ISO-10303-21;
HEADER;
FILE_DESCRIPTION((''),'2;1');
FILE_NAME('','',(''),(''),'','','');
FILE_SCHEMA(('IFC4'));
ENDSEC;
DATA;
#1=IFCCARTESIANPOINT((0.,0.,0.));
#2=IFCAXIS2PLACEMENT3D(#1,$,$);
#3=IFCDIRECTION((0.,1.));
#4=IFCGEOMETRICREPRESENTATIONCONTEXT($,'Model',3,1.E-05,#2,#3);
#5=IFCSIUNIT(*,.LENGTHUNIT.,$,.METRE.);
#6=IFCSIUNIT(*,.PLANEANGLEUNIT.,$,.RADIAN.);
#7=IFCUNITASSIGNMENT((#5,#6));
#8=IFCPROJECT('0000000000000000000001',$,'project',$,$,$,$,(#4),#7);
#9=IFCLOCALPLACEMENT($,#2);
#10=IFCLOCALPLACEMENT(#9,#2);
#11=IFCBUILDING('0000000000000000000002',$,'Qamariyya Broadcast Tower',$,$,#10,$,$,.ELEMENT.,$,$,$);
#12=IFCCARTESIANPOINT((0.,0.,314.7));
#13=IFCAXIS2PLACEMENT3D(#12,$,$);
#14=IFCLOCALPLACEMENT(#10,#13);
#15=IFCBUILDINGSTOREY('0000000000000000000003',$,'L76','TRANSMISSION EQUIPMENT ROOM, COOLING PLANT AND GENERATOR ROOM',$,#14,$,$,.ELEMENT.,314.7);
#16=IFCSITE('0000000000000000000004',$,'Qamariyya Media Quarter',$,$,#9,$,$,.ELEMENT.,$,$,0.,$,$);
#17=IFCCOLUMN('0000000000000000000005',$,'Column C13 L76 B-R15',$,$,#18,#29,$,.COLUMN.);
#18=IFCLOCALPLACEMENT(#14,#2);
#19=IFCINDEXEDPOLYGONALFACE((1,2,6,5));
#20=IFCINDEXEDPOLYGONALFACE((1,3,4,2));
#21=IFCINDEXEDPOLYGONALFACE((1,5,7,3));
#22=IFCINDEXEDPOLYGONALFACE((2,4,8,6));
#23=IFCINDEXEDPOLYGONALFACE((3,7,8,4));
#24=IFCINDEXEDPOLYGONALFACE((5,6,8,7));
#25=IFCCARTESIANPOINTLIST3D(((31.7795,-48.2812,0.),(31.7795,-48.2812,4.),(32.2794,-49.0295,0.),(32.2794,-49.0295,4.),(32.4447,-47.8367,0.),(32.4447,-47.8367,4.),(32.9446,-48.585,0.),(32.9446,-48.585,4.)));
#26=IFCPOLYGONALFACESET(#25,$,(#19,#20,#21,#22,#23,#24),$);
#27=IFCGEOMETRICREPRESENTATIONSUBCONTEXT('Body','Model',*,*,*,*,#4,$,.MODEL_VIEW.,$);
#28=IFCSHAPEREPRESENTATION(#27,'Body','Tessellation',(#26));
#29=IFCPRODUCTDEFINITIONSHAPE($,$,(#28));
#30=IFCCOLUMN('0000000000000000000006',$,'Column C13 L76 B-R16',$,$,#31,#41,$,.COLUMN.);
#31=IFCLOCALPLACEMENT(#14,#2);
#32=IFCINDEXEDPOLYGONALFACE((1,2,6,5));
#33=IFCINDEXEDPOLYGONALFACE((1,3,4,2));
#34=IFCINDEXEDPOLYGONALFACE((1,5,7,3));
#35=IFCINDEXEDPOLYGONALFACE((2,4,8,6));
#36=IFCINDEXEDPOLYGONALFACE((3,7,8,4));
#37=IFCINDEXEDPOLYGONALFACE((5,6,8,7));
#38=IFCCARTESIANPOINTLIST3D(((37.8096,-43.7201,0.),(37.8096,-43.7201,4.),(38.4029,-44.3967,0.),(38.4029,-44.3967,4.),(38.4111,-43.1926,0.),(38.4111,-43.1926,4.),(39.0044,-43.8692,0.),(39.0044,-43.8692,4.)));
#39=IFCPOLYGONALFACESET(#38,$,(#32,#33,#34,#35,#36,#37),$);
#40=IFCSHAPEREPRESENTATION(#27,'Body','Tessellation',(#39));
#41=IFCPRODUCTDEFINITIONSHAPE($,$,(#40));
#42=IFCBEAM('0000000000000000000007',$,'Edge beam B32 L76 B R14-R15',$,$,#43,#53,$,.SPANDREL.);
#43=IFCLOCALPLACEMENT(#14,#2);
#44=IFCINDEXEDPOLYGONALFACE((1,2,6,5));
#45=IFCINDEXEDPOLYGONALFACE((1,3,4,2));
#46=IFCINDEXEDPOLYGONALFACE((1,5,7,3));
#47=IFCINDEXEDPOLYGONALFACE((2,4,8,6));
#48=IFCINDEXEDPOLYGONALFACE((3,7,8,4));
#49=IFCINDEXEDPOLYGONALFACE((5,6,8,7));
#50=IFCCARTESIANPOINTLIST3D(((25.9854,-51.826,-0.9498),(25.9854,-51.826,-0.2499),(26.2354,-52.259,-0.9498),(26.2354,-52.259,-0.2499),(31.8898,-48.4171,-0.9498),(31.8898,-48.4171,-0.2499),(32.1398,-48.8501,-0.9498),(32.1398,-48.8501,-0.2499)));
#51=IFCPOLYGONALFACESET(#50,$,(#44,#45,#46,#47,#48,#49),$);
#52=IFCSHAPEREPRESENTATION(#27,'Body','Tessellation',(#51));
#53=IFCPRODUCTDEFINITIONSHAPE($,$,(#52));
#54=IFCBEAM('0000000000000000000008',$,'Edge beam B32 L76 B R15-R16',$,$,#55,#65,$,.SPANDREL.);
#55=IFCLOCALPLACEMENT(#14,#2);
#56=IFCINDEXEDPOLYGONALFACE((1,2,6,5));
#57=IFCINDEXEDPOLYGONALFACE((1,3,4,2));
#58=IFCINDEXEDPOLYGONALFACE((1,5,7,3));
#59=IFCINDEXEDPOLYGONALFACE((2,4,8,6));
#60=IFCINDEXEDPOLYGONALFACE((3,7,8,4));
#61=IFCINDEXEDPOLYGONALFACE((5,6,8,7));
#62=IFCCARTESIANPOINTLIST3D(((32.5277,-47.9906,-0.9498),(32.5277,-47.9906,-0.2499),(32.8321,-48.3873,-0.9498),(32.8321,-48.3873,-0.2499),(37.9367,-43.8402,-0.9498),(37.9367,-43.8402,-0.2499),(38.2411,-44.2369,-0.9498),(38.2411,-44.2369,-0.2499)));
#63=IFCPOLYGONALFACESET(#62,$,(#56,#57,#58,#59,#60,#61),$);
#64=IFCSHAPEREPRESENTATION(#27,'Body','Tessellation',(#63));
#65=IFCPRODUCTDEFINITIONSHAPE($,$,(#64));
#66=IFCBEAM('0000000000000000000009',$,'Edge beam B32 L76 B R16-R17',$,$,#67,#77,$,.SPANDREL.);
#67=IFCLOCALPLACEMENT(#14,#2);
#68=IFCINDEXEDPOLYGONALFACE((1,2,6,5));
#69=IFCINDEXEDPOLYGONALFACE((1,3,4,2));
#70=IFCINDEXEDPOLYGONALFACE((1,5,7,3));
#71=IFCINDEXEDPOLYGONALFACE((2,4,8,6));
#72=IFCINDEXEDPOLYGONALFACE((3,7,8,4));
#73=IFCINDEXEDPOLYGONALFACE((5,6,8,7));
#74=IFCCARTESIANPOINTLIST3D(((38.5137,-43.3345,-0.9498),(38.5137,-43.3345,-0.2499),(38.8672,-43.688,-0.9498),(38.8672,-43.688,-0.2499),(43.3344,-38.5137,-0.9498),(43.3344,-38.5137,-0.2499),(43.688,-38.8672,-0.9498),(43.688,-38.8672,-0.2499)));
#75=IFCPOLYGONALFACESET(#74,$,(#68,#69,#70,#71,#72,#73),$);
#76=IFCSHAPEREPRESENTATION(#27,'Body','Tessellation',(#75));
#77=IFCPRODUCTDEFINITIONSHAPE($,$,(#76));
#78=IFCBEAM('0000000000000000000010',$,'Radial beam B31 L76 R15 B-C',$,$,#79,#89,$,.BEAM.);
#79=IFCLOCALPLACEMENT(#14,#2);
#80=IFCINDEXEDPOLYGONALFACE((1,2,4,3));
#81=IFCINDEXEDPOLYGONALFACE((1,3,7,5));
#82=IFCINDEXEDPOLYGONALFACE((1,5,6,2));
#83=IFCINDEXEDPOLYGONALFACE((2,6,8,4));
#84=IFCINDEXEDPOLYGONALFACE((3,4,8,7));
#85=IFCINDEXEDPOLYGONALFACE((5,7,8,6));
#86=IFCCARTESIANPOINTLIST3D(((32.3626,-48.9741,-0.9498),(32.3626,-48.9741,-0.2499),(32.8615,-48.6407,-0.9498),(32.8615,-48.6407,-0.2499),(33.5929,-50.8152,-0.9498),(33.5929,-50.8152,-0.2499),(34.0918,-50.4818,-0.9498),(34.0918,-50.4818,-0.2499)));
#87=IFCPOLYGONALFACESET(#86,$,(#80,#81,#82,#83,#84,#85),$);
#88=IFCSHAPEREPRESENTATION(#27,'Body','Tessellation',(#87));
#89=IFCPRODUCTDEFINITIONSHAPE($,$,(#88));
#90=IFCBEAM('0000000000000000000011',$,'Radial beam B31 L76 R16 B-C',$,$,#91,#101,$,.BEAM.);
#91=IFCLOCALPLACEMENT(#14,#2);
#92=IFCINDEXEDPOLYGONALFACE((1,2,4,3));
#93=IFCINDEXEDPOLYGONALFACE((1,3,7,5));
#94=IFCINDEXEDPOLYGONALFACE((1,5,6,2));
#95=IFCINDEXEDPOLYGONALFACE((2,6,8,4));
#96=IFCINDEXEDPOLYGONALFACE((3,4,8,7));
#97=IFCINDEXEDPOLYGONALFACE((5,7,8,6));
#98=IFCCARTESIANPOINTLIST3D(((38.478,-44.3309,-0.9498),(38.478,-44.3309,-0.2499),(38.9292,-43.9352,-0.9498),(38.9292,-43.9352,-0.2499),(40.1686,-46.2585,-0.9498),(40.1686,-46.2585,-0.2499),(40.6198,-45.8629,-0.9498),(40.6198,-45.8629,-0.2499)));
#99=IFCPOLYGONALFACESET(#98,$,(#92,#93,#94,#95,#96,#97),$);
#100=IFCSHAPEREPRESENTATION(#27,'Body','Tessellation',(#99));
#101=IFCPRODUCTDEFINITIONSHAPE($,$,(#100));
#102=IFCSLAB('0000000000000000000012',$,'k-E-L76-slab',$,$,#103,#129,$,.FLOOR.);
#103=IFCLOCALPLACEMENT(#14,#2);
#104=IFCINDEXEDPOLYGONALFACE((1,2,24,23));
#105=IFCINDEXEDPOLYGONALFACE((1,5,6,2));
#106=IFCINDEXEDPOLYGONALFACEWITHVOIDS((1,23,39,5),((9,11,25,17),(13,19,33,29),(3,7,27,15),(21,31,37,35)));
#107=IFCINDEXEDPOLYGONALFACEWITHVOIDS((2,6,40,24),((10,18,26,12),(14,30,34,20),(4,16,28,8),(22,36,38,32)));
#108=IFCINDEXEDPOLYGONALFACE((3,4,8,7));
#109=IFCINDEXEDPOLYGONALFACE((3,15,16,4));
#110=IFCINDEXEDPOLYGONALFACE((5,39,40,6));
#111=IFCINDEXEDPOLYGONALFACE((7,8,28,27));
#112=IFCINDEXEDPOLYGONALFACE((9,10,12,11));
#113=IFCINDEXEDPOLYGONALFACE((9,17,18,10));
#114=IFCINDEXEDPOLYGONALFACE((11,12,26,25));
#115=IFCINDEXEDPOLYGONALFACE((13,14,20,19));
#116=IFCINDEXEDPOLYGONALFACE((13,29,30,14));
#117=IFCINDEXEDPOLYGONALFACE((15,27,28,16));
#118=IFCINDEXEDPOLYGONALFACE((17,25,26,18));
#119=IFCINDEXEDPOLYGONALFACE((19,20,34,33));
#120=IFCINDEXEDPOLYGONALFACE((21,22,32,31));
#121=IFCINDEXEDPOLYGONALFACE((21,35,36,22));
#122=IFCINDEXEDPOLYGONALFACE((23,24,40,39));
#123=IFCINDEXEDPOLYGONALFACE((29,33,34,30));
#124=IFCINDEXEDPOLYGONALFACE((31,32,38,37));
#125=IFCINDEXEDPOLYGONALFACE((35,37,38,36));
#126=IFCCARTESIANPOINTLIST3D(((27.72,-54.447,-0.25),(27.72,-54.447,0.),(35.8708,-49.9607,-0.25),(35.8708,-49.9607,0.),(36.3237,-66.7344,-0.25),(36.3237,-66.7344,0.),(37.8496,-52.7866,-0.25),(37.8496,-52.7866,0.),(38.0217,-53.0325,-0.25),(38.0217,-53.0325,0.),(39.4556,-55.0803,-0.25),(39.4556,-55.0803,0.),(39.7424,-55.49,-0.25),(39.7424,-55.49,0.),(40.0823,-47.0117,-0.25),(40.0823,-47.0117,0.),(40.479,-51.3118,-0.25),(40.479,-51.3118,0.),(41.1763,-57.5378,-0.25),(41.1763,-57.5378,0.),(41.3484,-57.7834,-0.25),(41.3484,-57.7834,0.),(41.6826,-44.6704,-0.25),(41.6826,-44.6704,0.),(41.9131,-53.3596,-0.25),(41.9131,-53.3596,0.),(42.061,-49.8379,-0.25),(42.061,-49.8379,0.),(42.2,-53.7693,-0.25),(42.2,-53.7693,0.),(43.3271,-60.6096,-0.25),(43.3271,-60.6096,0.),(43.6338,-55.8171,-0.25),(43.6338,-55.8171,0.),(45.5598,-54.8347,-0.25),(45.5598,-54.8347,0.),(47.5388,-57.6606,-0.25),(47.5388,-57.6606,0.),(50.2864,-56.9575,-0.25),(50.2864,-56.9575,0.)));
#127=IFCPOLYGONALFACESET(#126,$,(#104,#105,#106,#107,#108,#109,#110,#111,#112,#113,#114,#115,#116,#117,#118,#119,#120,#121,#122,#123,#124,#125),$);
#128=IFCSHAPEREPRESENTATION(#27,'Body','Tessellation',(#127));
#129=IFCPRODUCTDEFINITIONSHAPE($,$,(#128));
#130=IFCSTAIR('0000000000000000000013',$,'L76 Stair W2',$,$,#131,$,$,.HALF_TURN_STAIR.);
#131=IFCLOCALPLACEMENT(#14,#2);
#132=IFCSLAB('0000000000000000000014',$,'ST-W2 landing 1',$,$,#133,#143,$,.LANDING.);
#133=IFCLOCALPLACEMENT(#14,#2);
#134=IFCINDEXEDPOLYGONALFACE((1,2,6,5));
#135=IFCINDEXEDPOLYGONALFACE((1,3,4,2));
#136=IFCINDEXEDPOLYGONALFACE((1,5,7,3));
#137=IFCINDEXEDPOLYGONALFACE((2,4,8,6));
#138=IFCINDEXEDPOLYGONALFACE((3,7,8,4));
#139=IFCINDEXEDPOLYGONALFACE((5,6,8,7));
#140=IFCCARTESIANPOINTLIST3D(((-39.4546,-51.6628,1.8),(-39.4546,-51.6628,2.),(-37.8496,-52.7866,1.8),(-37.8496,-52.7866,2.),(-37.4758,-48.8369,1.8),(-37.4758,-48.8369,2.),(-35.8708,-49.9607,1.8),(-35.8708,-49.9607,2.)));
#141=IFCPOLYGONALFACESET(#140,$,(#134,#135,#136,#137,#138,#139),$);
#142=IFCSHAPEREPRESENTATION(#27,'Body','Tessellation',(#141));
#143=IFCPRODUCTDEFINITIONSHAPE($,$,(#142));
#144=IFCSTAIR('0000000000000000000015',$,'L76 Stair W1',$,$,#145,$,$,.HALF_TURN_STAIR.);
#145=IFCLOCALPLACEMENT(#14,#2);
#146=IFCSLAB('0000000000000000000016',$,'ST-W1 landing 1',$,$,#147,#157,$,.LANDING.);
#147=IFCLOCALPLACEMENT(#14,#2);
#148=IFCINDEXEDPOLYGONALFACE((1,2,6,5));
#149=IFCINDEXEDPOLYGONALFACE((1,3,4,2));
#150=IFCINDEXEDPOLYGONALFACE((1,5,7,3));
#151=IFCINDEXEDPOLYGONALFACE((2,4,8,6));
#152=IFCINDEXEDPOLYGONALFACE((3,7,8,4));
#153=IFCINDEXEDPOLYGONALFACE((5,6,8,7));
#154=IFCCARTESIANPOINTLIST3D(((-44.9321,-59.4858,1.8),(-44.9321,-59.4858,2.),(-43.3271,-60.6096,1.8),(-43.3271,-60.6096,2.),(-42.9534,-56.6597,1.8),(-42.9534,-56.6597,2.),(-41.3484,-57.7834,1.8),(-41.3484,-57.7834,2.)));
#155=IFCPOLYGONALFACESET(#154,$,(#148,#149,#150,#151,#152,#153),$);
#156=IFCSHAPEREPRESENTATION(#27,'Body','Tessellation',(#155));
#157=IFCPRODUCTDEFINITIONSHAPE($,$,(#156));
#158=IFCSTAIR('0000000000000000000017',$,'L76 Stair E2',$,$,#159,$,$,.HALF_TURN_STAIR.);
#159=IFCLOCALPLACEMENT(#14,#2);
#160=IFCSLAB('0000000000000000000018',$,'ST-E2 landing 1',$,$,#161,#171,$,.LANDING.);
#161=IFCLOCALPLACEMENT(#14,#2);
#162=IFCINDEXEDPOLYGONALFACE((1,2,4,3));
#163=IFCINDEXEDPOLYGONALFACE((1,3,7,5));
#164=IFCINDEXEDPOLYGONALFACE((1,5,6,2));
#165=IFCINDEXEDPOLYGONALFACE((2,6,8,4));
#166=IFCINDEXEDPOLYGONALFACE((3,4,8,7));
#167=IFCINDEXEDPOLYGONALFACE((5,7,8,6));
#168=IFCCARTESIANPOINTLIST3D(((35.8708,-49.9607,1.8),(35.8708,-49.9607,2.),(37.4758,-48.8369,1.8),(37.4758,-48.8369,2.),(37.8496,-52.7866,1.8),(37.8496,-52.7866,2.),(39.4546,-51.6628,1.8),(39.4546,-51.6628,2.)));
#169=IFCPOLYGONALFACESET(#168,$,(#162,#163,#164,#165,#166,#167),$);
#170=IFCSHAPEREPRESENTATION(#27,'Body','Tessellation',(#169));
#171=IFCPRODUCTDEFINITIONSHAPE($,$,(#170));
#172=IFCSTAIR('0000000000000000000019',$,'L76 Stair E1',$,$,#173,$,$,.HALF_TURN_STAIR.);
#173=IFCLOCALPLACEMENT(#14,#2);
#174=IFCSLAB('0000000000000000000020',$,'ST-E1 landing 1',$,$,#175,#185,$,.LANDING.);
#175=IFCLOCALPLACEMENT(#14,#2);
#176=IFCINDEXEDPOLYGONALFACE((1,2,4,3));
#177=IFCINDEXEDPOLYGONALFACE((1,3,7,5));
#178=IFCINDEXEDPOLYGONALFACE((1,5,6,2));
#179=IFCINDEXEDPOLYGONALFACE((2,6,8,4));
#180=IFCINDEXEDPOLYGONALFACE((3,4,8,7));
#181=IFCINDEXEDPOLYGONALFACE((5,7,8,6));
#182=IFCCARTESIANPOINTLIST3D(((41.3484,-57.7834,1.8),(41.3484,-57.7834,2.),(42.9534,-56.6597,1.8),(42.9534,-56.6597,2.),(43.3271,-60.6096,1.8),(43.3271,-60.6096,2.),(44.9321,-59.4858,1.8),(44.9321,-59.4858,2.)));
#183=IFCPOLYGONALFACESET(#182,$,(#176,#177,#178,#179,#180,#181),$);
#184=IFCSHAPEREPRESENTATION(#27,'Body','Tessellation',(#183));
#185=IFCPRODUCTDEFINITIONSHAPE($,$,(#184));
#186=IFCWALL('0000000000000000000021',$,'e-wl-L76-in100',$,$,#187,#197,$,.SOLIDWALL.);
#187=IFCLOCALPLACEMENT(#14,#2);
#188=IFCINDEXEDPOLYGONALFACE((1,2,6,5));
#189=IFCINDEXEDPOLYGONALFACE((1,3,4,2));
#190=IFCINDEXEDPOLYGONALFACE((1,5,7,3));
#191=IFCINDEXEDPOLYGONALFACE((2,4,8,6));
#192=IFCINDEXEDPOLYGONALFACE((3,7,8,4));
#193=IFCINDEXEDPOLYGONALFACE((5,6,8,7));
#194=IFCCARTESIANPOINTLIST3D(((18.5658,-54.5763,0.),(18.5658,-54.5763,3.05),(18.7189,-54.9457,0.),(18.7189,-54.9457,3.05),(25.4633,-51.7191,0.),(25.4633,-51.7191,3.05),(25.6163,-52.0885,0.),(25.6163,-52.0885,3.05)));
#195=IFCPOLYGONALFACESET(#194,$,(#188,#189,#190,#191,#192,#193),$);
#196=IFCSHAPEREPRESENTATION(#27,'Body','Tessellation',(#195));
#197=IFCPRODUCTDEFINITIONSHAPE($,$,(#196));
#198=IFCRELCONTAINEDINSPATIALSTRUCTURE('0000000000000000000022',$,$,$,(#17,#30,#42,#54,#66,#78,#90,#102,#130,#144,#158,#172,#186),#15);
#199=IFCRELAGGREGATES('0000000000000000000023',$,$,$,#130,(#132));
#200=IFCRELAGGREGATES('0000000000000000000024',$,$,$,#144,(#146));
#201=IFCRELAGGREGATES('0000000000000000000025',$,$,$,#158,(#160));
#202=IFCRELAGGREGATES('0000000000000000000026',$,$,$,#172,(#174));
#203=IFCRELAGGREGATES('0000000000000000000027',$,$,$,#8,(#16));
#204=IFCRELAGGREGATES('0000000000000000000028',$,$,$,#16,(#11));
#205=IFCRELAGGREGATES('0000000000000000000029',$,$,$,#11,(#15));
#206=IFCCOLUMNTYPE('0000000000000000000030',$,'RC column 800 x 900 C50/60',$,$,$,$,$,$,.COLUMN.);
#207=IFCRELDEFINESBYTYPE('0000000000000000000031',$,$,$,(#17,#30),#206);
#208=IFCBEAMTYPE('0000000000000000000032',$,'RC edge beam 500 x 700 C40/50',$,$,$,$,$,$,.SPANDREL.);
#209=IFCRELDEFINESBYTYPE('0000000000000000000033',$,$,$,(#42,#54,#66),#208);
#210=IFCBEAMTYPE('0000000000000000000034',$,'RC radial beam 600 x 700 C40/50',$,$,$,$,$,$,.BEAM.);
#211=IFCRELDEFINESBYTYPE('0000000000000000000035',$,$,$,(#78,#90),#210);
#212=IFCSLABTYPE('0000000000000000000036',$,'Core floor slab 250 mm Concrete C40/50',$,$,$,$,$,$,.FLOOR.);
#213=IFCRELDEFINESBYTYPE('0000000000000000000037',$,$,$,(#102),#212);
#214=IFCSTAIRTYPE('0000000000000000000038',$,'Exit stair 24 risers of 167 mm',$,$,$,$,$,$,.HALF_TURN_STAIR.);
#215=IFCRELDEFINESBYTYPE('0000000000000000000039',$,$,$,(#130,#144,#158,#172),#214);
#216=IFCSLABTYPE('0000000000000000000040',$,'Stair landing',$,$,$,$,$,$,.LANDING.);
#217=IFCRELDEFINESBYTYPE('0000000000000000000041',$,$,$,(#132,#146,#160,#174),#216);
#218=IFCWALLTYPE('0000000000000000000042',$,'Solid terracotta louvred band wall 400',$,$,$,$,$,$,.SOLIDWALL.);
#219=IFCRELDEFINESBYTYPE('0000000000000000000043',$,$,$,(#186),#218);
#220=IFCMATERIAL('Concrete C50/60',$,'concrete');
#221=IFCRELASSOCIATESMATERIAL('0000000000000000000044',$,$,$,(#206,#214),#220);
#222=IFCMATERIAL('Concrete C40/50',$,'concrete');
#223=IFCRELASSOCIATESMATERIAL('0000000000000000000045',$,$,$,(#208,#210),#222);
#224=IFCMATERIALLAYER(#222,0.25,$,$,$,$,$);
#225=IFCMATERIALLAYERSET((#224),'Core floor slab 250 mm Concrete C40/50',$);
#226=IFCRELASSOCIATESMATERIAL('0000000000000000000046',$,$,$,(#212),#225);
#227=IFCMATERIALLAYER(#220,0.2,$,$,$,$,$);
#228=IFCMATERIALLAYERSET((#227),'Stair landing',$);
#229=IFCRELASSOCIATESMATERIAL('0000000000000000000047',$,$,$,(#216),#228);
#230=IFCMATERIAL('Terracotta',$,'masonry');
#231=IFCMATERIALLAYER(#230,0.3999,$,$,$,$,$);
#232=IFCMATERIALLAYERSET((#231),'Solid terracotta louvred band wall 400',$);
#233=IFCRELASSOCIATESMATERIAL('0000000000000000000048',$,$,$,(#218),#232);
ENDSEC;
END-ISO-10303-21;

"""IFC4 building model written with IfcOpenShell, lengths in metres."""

from ifc_helpers import new_model, si_unit, direction, frame, frame_2d, origin, origin_2d, place, context, subcontext, project, spatial, polyline, rectangle, outline, extrude, material, layer, layer_set, material_profile, profile_set, type_object, element, aggregate, save


model = new_model("IFC4")

# Units and contexts
model_context = context("Model", 3, precision=1e-05, world=origin(), true_north=direction((0.0, 1.0)))
body_context = subcontext(model_context, "Body", "Model", "MODEL_VIEW")
ifc_project = project(units=[si_unit("LENGTHUNIT", "METRE"), si_unit("PLANEANGLEUNIT", "RADIAN")], contexts=[model_context])

# Site, building, storey
site_placement = place(None, origin())
site = spatial("IfcSite", under=ifc_project, at=site_placement, Name="Qamariyya Media Quarter", CompositionType="ELEMENT", RefElevation=0.0)
building_placement = place(site_placement, origin())
building = spatial("IfcBuilding", under=site, at=building_placement, Name="Qamariyya Broadcast Tower", CompositionType="ELEMENT")
storey_placement = place(building_placement, frame((0.0, 0.0, 314.7)))
storey = spatial("IfcBuildingStorey", under=building, at=storey_placement, Name="L76", Description="TRANSMISSION EQUIPMENT ROOM, COOLING PLANT AND GENERATOR ROOM", CompositionType="ELEMENT", Elevation=314.7)

# Columns
ifc_material_1 = material(Name="Concrete C50/60", Category="concrete")
ifc_material_profile_1 = material_profile(ifc_material_1, rectangle(XDim=0.8, YDim=0.8999, at=origin_2d()))
ifc_profile_set_1 = profile_set([ifc_material_profile_1], Name="Concrete C50/60")
column_type = type_object("IfcColumnType", Name="RC column 800 x 900 C50/60", PredefinedType="COLUMN", material=ifc_profile_set_1)
for number, where, z_axis, x_axis, name in (
    (1, (32.3621, -48.4331, 0.0), (0.0, 0.0, 1.0), (0.83147, 0.55557, 0.0), "Column C13 L76 B-R15"),
    (2, (38.407, -43.7947, 0.0), (0.0, 0.0, 1.0), (0.75184, 0.659346, 0.0), "Column C13 L76 B-R16"),
):
    element("IfcColumn", number, at=place(storey_placement, frame(where, z_axis=z_axis, x_axis=x_axis)), inside=storey, type_object=column_type, Name=name, PredefinedType="COLUMN", context=body_context, shape_type="SweptSolid", body=[
        extrude(rectangle(XDim=0.8, YDim=0.8999, at=origin_2d()), origin(), (0.0, 0.0, 1.0), 4.0),
    ])

# Beams
ifc_material_2 = material(Name="Concrete C40/50", Category="concrete")
ifc_material_profile_2 = material_profile(ifc_material_2, rectangle(XDim=0.5, YDim=0.7, at=origin_2d()))
ifc_profile_set_2 = profile_set([ifc_material_profile_2], Name="Concrete C40/50")
beam_type_1 = type_object("IfcBeamType", Name="RC edge beam 500 x 700 C40/50", PredefinedType="SPANDREL", material=ifc_profile_set_2)
for number, where, z_axis, x_axis, name in (
    (3, (26.1104, -52.0425, -0.5999), (0.866029, 0.499994, 0.0), (-0.499994, 0.866029, 0.0), "Edge beam B32 L76 B R14-R15"),
    (4, (32.6799, -48.189, -0.5999), (0.793356, 0.608759, 0.0), (-0.608759, 0.793356, 0.0), "Edge beam B32 L76 B R15-R16"),
):
    element("IfcBeam", number, at=place(storey_placement, frame(where, z_axis=z_axis, x_axis=x_axis)), inside=storey, type_object=beam_type_1, Name=name, PredefinedType="SPANDREL", context=body_context, shape_type="SweptSolid", body=[
        extrude(rectangle(XDim=0.5, YDim=0.7, at=origin_2d()), origin(), (0.0, 0.0, 1.0), 6.8179),
    ])
beam_1_placement = place(storey_placement, frame((38.6904, -43.5112, -0.5999), z_axis=(0.707107, 0.707107, 0.0), x_axis=(-0.707107, 0.707107, 0.0)))
element("IfcBeam", 5, at=beam_1_placement, inside=storey, type_object=beam_type_1, Name="Edge beam B32 L76 B R16-R17", PredefinedType="SPANDREL", context=body_context, shape_type="SweptSolid", body=[
    extrude(rectangle(XDim=0.5, YDim=0.7, at=origin_2d()), origin(), (0.0, 0.0, 1.0), 6.8176),
])
ifc_material_profile_3 = material_profile(ifc_material_2, rectangle(XDim=0.6001, YDim=0.7, at=origin_2d()))
ifc_profile_set_3 = profile_set([ifc_material_profile_3], Name="Concrete C40/50")
beam_type_2 = type_object("IfcBeamType", Name="RC radial beam 600 x 700 C40/50", PredefinedType="BEAM", material=ifc_profile_set_3)
beam_2_placement = place(storey_placement, frame((32.6121, -48.8074, -0.5999), z_axis=(0.55559, -0.831456, 0.0), x_axis=(0.831456, 0.55559, 0.0)))
element("IfcBeam", 6, at=beam_2_placement, inside=storey, type_object=beam_type_2, Name="Radial beam B31 L76 R15 B-C", PredefinedType="BEAM", context=body_context, shape_type="SweptSolid", body=[
    extrude(rectangle(XDim=0.6001, YDim=0.7, at=origin_2d()), origin(), (0.0, 0.0, 1.0), 2.2144),
])
beam_3_placement = place(storey_placement, frame((38.7036, -44.1331, -0.5999), z_axis=(0.659367, -0.751821, 0.0), x_axis=(0.751821, 0.659367, 0.0)))
element("IfcBeam", 7, at=beam_3_placement, inside=storey, type_object=beam_type_2, Name="Radial beam B31 L76 R16 B-C", PredefinedType="BEAM", context=body_context, shape_type="SweptSolid", body=[
    extrude(rectangle(XDim=0.6001, YDim=0.7, at=origin_2d()), origin(), (0.0, 0.0, 1.0), 2.564),
])

# Slab
ifc_layer_1 = layer(ifc_material_2, 0.25)
ifc_layer_set_1 = layer_set([ifc_layer_1], Name="Core floor slab 250 mm Concrete C40/50")
slab_type_1 = type_object("IfcSlabType", Name="Core floor slab 250 mm Concrete C40/50", PredefinedType="FLOOR", material=ifc_layer_set_1)
slab_1_placement = place(storey_placement, frame((0.0, 0.0, -0.25)))
element("IfcSlab", 8, at=slab_1_placement, inside=storey, type_object=slab_type_1, Name="k-E-L76-slab", PredefinedType="FLOOR", context=body_context, shape_type="SweptSolid", body=[
    extrude(outline(polyline([(36.3237, -66.7344), (50.2864, -56.9575), (41.6826, -44.6704), (27.72, -54.447), (36.3237, -66.7344)]), holes=[polyline([(39.7424, -55.49), (42.2, -53.7693), (43.6338, -55.8171), (41.1763, -57.5378), (39.7424, -55.49)]), polyline([(39.4556, -55.0803), (41.9131, -53.3596), (40.479, -51.3118), (38.0217, -53.0325), (39.4556, -55.0803)]), polyline([(40.0823, -47.0117), (35.8708, -49.9607), (37.8496, -52.7866), (42.061, -49.8379), (40.0823, -47.0117)]), polyline([(45.5598, -54.8347), (41.3484, -57.7834), (43.3271, -60.6096), (47.5388, -57.6606), (45.5598, -54.8347)])]), origin(), (0.0, 0.0, 1.0), 0.25),
])

# Stairs, slabs
stair_type = type_object("IfcStairType", Name="Exit stair 24 risers of 167 mm", PredefinedType="HALF_TURN_STAIR", material=ifc_material_1)
stair_1_placement = place(storey_placement, origin())
stair_1 = element("IfcStair", 9, at=stair_1_placement, inside=storey, type_object=stair_type, Name="L76 Stair W2", PredefinedType="HALF_TURN_STAIR")
ifc_layer_2 = layer(ifc_material_1, 0.2)
ifc_layer_set_2 = layer_set([ifc_layer_2], Name="Stair landing")
slab_type_2 = type_object("IfcSlabType", Name="Stair landing", PredefinedType="LANDING", material=ifc_layer_set_2)
slab_2_placement = place(storey_placement, frame((0.0, 0.0, 1.8)))
slab_2 = element("IfcSlab", 10, at=slab_2_placement, type_object=slab_type_2, Name="ST-W2 landing 1", PredefinedType="LANDING", context=body_context, shape_type="SweptSolid", body=[
    extrude(outline(polyline([(-39.4546, -51.6628), (-37.8496, -52.7866), (-35.8708, -49.9607), (-37.4758, -48.8369), (-39.4546, -51.6628)])), origin(), (0.0, 0.0, 1.0), 0.2),
])
aggregate(stair_1, [slab_2])
stair_2_placement = place(storey_placement, origin())
stair_2 = element("IfcStair", 11, at=stair_2_placement, inside=storey, type_object=stair_type, Name="L76 Stair W1", PredefinedType="HALF_TURN_STAIR")
slab_3_placement = place(storey_placement, frame((0.0, 0.0, 1.8)))
slab_3 = element("IfcSlab", 12, at=slab_3_placement, type_object=slab_type_2, Name="ST-W1 landing 1", PredefinedType="LANDING", context=body_context, shape_type="SweptSolid", body=[
    extrude(outline(polyline([(-44.9321, -59.4858), (-43.3271, -60.6096), (-41.3484, -57.7834), (-42.9534, -56.6597), (-44.9321, -59.4858)])), origin(), (0.0, 0.0, 1.0), 0.2),
])
aggregate(stair_2, [slab_3])
stair_3_placement = place(storey_placement, origin())
stair_3 = element("IfcStair", 13, at=stair_3_placement, inside=storey, type_object=stair_type, Name="L76 Stair E2", PredefinedType="HALF_TURN_STAIR")
slab_4_placement = place(storey_placement, frame((0.0, 0.0, 1.8)))
slab_4 = element("IfcSlab", 14, at=slab_4_placement, type_object=slab_type_2, Name="ST-E2 landing 1", PredefinedType="LANDING", context=body_context, shape_type="SweptSolid", body=[
    extrude(outline(polyline([(37.4758, -48.8369), (35.8708, -49.9607), (37.8496, -52.7866), (39.4546, -51.6628), (37.4758, -48.8369)])), origin(), (0.0, 0.0, 1.0), 0.2),
])
aggregate(stair_3, [slab_4])
stair_4_placement = place(storey_placement, origin())
stair_4 = element("IfcStair", 15, at=stair_4_placement, inside=storey, type_object=stair_type, Name="L76 Stair E1", PredefinedType="HALF_TURN_STAIR")
slab_5_placement = place(storey_placement, frame((0.0, 0.0, 1.8)))
slab_5 = element("IfcSlab", 16, at=slab_5_placement, type_object=slab_type_2, Name="ST-E1 landing 1", PredefinedType="LANDING", context=body_context, shape_type="SweptSolid", body=[
    extrude(outline(polyline([(42.9534, -56.6597), (41.3484, -57.7834), (43.3271, -60.6096), (44.9321, -59.4858), (42.9534, -56.6597)])), origin(), (0.0, 0.0, 1.0), 0.2),
])
aggregate(stair_4, [slab_5])

# Wall
ifc_material_3 = material(Name="Terracotta", Category="masonry")
ifc_layer_3 = layer(ifc_material_3, 0.3999)
ifc_layer_set_3 = layer_set([ifc_layer_3], Name="Solid terracotta louvred band wall 400")
wall_type = type_object("IfcWallType", Name="Solid terracotta louvred band wall 400", PredefinedType="SOLIDWALL", material=ifc_layer_set_3)
wall_1_placement = place(storey_placement, frame((25.5398, -51.9038, 0.0), z_axis=(0.0, 0.0, 1.0), x_axis=(-0.923872, -0.382701, 0.0)))
element("IfcWall", 17, at=wall_1_placement, inside=storey, type_object=wall_type, Name="e-wl-L76-in100", PredefinedType="SOLIDWALL", context=body_context, shape_type="SweptSolid", body=[
    extrude(rectangle(XDim=7.4658, YDim=0.3999, at=frame_2d((3.7329, 0.0))), origin(), (0.0, 0.0, 1.0), 3.05),
])

save(model, "model.ifc")
